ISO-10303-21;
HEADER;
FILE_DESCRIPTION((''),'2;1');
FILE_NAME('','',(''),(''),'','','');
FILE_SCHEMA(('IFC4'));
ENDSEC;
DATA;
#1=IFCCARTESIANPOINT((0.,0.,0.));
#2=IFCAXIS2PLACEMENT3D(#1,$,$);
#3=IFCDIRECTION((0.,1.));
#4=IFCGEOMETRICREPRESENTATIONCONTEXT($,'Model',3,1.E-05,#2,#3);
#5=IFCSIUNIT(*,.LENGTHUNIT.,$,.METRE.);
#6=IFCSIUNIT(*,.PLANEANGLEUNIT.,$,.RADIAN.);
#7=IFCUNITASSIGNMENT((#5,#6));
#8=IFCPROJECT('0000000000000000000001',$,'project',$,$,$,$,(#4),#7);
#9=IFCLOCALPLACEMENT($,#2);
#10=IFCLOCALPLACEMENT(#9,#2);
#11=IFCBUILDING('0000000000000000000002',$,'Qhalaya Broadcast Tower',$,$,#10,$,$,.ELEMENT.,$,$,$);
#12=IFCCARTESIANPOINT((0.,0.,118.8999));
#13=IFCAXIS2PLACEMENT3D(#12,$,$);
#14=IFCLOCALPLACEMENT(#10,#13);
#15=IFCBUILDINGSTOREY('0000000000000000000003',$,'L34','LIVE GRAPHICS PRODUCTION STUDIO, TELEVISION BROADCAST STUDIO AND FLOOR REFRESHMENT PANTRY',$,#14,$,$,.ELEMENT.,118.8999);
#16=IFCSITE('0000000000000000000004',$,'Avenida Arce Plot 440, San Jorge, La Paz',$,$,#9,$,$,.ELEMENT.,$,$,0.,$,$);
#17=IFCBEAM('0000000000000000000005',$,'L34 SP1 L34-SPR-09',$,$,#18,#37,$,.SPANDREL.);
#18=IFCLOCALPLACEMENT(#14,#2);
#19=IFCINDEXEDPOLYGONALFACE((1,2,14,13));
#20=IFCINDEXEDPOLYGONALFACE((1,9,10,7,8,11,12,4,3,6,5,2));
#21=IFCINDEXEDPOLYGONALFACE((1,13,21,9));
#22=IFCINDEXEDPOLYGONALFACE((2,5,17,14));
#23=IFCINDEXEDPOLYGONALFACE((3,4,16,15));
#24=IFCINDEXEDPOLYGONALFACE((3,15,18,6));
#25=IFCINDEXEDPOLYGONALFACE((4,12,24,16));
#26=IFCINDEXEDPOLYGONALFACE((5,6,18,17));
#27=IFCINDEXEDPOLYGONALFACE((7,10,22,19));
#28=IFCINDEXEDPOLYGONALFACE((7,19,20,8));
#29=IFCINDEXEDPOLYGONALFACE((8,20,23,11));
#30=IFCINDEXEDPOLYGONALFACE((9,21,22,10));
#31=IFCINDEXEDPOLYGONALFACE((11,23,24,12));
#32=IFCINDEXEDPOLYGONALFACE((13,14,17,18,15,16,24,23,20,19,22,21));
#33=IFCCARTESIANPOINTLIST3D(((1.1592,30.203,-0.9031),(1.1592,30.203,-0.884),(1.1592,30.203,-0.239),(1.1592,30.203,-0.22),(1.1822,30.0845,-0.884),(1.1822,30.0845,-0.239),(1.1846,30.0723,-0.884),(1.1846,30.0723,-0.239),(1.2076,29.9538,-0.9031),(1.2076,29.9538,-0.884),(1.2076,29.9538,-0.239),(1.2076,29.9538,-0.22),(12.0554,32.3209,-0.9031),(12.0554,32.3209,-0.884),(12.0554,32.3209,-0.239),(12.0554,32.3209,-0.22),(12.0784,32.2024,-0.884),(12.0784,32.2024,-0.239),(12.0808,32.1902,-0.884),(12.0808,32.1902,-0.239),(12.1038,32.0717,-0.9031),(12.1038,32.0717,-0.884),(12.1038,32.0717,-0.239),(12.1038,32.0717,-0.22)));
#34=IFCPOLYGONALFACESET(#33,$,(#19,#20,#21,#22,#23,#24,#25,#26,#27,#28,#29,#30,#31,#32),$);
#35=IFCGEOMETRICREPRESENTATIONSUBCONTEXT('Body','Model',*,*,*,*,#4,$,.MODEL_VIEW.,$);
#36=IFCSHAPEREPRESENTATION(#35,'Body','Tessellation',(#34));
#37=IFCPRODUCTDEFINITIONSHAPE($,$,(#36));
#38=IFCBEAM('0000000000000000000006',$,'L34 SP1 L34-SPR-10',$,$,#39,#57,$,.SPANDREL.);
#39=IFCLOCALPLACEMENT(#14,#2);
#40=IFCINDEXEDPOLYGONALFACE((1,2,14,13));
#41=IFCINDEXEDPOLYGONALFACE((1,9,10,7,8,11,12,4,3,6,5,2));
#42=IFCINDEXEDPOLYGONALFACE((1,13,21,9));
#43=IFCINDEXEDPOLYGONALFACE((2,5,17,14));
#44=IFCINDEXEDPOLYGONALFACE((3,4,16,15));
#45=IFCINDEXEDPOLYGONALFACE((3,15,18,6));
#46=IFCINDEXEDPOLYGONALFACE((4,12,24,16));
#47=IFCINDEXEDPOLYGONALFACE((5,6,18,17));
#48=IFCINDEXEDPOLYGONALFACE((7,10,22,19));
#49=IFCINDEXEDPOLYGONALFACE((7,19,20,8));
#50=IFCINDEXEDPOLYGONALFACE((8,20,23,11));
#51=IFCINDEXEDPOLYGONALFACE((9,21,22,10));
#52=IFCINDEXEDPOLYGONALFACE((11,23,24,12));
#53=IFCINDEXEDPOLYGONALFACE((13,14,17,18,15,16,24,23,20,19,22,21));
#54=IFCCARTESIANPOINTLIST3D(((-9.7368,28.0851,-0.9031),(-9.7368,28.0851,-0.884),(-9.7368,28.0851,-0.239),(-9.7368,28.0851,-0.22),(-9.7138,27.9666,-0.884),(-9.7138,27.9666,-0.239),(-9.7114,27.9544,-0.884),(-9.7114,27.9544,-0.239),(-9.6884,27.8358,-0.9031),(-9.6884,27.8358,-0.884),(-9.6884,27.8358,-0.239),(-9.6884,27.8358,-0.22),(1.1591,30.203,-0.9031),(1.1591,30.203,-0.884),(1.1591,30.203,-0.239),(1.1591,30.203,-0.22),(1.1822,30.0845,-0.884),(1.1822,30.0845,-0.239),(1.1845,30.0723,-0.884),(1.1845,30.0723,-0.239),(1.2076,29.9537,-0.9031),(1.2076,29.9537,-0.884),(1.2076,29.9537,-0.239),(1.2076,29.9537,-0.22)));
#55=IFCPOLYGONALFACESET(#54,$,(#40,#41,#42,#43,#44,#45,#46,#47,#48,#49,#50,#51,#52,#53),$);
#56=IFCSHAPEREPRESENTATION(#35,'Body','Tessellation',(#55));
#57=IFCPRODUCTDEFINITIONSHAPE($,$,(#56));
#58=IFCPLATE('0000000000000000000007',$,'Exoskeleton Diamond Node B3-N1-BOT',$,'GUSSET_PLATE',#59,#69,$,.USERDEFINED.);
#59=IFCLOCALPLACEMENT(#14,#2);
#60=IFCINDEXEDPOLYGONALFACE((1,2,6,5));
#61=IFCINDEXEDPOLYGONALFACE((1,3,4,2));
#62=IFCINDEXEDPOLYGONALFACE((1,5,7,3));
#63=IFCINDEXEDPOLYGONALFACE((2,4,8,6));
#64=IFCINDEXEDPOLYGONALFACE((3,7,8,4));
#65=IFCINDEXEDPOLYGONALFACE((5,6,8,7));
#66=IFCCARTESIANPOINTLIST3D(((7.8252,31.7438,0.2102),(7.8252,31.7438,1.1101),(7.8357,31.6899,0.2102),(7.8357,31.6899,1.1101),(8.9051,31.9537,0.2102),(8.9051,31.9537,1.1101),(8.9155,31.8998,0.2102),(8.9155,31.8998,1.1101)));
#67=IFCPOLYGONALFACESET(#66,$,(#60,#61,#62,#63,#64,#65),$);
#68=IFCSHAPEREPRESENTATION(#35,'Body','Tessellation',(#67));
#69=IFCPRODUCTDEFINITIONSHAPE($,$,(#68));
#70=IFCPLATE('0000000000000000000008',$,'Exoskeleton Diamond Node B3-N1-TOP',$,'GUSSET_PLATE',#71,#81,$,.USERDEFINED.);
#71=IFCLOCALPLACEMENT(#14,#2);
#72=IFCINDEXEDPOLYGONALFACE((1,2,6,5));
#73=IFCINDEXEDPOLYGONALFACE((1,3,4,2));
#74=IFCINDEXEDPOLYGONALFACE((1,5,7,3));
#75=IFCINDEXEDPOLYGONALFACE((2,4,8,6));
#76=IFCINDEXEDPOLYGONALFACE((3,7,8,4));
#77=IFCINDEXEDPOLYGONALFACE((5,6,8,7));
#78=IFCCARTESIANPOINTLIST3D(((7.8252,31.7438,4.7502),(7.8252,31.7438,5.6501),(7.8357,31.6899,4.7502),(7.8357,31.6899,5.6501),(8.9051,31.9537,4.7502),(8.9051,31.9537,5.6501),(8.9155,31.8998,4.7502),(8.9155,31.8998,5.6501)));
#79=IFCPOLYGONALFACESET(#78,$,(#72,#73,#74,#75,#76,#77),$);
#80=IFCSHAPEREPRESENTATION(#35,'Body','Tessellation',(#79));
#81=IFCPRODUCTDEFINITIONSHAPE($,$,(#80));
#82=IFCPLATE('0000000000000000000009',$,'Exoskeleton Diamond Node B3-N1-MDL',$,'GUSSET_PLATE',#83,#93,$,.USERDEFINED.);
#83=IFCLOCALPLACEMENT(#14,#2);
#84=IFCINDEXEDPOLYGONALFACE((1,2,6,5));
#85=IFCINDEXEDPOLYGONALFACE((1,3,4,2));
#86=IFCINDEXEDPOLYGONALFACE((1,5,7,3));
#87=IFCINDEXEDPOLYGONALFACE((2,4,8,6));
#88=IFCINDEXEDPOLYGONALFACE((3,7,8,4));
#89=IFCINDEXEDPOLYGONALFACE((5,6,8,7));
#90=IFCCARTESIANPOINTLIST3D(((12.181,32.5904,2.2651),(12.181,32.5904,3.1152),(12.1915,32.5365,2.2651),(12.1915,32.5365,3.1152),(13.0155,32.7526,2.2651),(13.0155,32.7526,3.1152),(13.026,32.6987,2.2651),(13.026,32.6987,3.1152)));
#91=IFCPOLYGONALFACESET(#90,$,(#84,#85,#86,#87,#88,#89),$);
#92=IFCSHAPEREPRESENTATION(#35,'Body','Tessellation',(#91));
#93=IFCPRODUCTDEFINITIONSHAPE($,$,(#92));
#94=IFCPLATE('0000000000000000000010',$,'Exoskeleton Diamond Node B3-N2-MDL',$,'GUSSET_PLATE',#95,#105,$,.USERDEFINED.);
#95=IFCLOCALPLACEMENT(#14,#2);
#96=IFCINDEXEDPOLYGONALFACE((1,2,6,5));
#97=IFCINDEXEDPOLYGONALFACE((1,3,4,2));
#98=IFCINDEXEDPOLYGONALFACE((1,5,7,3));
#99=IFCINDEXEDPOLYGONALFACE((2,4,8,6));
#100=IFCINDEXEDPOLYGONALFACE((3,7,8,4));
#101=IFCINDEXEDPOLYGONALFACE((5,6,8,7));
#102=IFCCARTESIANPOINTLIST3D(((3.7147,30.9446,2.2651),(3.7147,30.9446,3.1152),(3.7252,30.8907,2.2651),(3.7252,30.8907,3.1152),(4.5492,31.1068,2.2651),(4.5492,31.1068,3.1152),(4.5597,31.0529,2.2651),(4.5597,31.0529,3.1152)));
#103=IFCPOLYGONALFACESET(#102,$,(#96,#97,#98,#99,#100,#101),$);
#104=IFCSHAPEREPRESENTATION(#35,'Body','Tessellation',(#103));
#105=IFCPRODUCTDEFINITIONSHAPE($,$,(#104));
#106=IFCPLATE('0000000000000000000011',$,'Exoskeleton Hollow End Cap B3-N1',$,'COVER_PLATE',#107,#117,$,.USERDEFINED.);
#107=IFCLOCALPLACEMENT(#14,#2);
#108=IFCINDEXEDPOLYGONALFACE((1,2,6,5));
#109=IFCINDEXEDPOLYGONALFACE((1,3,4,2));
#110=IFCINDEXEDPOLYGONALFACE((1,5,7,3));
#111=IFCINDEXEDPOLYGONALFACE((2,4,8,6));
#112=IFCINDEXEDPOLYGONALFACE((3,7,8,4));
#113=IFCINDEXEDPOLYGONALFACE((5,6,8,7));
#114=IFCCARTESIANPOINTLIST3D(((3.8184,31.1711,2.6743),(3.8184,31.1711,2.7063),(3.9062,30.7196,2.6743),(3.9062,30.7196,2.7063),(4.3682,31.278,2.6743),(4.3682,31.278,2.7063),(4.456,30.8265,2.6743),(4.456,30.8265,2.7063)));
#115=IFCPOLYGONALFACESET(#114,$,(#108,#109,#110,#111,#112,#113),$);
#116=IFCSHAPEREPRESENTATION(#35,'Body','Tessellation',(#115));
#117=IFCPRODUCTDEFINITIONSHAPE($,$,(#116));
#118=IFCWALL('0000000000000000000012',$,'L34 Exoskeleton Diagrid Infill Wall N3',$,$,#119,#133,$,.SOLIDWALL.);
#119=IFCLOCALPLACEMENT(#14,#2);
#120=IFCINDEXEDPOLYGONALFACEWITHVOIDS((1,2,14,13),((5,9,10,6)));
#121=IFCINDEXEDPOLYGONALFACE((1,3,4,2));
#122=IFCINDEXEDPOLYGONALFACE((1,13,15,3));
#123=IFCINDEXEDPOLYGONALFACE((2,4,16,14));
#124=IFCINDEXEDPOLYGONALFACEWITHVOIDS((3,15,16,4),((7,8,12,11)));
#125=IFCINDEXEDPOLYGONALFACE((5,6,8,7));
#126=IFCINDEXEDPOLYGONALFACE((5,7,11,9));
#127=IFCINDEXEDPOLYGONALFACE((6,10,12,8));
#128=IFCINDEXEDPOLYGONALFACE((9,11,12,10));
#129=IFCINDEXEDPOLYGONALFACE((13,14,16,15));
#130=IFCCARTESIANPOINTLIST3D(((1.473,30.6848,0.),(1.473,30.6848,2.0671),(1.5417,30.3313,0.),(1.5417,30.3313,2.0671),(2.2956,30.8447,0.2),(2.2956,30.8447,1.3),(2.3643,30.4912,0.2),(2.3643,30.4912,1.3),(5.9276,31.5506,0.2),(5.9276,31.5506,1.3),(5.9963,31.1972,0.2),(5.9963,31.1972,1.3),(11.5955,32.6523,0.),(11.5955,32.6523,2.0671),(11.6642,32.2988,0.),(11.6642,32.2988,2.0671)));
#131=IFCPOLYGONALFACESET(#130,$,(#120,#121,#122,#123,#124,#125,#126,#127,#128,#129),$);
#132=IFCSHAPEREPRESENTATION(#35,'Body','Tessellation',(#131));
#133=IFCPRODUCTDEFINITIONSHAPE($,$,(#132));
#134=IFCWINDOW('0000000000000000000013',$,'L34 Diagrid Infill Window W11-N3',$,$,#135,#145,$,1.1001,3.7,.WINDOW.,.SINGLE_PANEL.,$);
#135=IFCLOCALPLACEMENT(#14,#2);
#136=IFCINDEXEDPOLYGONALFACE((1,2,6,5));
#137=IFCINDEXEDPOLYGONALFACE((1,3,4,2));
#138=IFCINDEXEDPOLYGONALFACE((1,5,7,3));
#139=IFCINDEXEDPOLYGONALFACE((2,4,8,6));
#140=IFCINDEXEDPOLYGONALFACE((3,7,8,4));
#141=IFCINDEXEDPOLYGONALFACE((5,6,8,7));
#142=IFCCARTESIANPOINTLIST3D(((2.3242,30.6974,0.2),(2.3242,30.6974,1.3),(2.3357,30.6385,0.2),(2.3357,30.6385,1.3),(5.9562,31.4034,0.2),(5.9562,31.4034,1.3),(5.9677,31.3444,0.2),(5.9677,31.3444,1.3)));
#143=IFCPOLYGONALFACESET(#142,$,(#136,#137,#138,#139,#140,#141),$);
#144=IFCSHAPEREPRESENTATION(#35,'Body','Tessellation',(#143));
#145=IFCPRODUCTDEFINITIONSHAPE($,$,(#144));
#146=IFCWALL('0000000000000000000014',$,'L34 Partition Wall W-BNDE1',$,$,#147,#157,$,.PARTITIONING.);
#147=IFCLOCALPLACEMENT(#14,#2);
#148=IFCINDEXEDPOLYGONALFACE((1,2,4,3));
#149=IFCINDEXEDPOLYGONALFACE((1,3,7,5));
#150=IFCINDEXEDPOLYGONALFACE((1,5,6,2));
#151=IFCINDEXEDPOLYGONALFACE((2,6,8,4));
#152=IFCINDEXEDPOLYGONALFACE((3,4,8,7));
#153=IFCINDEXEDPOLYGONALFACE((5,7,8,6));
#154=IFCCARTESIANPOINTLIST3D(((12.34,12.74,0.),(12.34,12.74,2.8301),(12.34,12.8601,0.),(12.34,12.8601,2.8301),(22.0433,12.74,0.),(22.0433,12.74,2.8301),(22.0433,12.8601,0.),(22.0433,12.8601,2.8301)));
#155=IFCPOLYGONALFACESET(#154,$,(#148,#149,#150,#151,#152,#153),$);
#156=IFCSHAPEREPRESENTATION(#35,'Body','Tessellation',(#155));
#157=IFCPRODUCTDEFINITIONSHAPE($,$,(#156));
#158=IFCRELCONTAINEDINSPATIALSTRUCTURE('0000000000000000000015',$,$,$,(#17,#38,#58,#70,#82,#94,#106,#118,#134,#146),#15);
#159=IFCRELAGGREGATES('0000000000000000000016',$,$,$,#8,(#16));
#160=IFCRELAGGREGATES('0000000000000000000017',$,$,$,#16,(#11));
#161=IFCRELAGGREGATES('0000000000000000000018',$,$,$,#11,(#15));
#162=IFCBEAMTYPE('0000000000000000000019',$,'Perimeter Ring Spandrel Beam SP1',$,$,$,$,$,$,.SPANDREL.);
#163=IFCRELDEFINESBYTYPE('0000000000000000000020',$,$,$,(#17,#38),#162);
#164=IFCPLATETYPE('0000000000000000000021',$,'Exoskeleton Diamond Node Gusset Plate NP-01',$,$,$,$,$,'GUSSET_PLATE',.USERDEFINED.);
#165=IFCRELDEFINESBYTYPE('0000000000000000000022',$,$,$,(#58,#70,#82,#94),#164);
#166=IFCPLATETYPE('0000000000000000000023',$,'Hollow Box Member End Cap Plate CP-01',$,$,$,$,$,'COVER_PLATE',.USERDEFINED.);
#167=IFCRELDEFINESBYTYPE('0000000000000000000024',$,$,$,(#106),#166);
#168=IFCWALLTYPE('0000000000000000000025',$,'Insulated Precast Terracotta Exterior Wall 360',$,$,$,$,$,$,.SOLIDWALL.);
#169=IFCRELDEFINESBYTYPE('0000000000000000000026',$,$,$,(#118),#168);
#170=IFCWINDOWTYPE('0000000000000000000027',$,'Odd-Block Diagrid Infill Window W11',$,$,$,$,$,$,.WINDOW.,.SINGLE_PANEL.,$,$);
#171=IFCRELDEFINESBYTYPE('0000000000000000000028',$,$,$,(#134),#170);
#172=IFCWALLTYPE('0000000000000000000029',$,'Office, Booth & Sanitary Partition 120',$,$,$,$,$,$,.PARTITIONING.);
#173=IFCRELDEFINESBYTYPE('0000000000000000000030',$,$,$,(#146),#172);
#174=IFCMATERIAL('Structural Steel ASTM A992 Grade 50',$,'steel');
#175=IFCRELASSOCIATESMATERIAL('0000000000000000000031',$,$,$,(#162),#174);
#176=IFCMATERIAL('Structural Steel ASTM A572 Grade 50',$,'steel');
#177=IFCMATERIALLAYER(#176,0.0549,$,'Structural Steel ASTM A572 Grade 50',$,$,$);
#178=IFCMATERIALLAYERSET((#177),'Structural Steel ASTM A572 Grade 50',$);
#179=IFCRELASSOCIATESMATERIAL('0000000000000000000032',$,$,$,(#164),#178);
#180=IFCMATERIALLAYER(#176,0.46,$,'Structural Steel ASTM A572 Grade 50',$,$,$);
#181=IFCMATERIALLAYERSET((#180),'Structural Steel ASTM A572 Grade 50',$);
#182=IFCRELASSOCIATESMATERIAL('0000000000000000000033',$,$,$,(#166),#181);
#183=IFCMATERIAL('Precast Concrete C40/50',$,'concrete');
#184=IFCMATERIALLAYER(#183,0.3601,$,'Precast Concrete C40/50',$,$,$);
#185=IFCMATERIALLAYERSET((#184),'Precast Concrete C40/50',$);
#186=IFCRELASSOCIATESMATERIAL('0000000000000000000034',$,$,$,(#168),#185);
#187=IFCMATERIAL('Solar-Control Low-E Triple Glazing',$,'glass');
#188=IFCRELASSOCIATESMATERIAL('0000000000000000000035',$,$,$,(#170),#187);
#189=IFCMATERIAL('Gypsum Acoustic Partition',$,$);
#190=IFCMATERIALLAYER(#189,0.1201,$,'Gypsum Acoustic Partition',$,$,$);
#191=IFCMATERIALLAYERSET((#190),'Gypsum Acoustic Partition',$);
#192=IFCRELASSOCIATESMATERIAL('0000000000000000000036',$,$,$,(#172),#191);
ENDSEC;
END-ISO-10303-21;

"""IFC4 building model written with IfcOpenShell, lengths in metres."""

from ifc_helpers import new_model, si_unit, direction, frame, frame_2d, origin, origin_2d, place, context, subcontext, project, spatial, rectangle, i_section, extrude, material, layer, layer_set, material_profile, profile_set, type_object, element, fill, save


model = new_model("IFC4")

# Units and contexts
model_context = context("Model", 3, precision=1e-05, world=origin(), true_north=direction((0.0, 1.0)))
body_context = subcontext(model_context, "Body", "Model", "MODEL_VIEW")
ifc_project = project(units=[si_unit("LENGTHUNIT", "METRE"), si_unit("PLANEANGLEUNIT", "RADIAN")], contexts=[model_context])

# Site, building, storey
site_placement = place(None, origin())
site = spatial("IfcSite", under=ifc_project, at=site_placement, Name="Avenida Arce Plot 440, San Jorge, La Paz", CompositionType="ELEMENT", RefElevation=0.0)
building_placement = place(site_placement, origin())
building = spatial("IfcBuilding", under=site, at=building_placement, Name="Qhalaya Broadcast Tower", CompositionType="ELEMENT")
storey_placement = place(building_placement, frame((0.0, 0.0, 118.8999)))
storey = spatial("IfcBuildingStorey", under=building, at=storey_placement, Name="L34", Description="LIVE GRAPHICS PRODUCTION STUDIO, TELEVISION BROADCAST STUDIO AND FLOOR REFRESHMENT PANTRY", CompositionType="ELEMENT", Elevation=118.8999)

# Shared definitions
ifc_material_1 = material(Name="Structural Steel ASTM A572 Grade 50", Category="steel")

# Shared definitions
ifc_material_2 = material(Name="Structural Steel ASTM A992 Grade 50", Category="steel")

# Beams
ifc_material_profile_1 = material_profile(ifc_material_2, i_section(OverallWidth=0.2539, OverallDepth=0.6831, WebThickness=0.0125, FlangeThickness=0.019, at=origin_2d()), Name="W27X94")
ifc_profile_set_1 = profile_set([ifc_material_profile_1], Name="Structural Steel ASTM A992 Grade 50")
beam_type_1 = type_object("IfcBeamType", Name="Perimeter Ring Spandrel Beam SP1", PredefinedType="SPANDREL", material=ifc_profile_set_1)
beam_1_placement = place(storey_placement, frame((12.0796, 32.1963, -0.5615), z_axis=(-0.981629, -0.190801, 0.0), x_axis=(0.190801, -0.981629, 0.0)))
element("IfcBeam", 1, at=beam_1_placement, inside=storey, type_object=beam_type_1, Name="L34 SP1 L34-SPR-09", PredefinedType="SPANDREL", context=body_context, shape_type="SweptSolid", body=[
    extrude(i_section(OverallWidth=0.2539, OverallDepth=0.6831, WebThickness=0.0125, FlangeThickness=0.019, at=origin_2d()), origin(), (0.0, 0.0, 1.0), 11.1001),
])
beam_2_placement = place(storey_placement, frame((1.1833, 30.0784, -0.5615), z_axis=(-0.981628, -0.190805, 0.0), x_axis=(0.190805, -0.981628, 0.0)))
element("IfcBeam", 2, at=beam_2_placement, inside=storey, type_object=beam_type_1, Name="L34 SP1 L34-SPR-10", PredefinedType="SPANDREL", context=body_context, shape_type="SweptSolid", body=[
    extrude(i_section(OverallWidth=0.2539, OverallDepth=0.6831, WebThickness=0.0125, FlangeThickness=0.019, at=origin_2d()), origin(), (0.0, 0.0, 1.0), 11.0999),
])

# Plates
ifc_layer_1 = layer(ifc_material_1, 0.0549, Name="Structural Steel ASTM A572 Grade 50")
ifc_layer_set_1 = layer_set([ifc_layer_1], Name="Structural Steel ASTM A572 Grade 50")
plate_type_1 = type_object("IfcPlateType", Name="Exoskeleton Diamond Node Gusset Plate NP-01", ElementType="GUSSET_PLATE", PredefinedType="USERDEFINED", material=ifc_layer_set_1)
for number, where, z_axis, x_axis, name in (
    (3, (8.3704, 31.8218, 0.2102), (0.0, 0.0, 1.0), (0.981627, 0.190809, 0.0), "Exoskeleton Diamond Node B3-N1-BOT"),
    (4, (8.3704, 31.8218, 4.7502), (0.0, 0.0, 1.0), (0.981627, 0.190809, 0.0), "Exoskeleton Diamond Node B3-N1-TOP"),
):
    element("IfcPlate", number, at=place(storey_placement, frame(where, z_axis=z_axis, x_axis=x_axis)), inside=storey, type_object=plate_type_1, Name=name, ObjectType="GUSSET_PLATE", PredefinedType="USERDEFINED", context=body_context, shape_type="SweptSolid", body=[
        extrude(rectangle(XDim=1.1001, YDim=0.0549, at=origin_2d()), origin(), (0.0, 0.0, 1.0), 0.8999),
    ])
for number, where, z_axis, x_axis, name in (
    (5, (12.6035, 32.6445, 2.2651), (0.0, 0.0, 1.0), (0.981627, 0.190809, 0.0), "Exoskeleton Diamond Node B3-N1-MDL"),
    (6, (4.1372, 30.9988, 2.2651), (0.0, 0.0, 1.0), (0.981627, 0.190809, 0.0), "Exoskeleton Diamond Node B3-N2-MDL"),
):
    element("IfcPlate", number, at=place(storey_placement, frame(where, z_axis=z_axis, x_axis=x_axis)), inside=storey, type_object=plate_type_1, Name=name, ObjectType="GUSSET_PLATE", PredefinedType="USERDEFINED", context=body_context, shape_type="SweptSolid", body=[
        extrude(rectangle(XDim=0.8501, YDim=0.0549, at=origin_2d()), origin(), (0.0, 0.0, 1.0), 0.8501),
    ])
ifc_layer_2 = layer(ifc_material_1, 0.46, Name="Structural Steel ASTM A572 Grade 50")
ifc_layer_set_2 = layer_set([ifc_layer_2], Name="Structural Steel ASTM A572 Grade 50")
plate_type_2 = type_object("IfcPlateType", Name="Hollow Box Member End Cap Plate CP-01", ElementType="COVER_PLATE", PredefinedType="USERDEFINED", material=ifc_layer_set_2)
plate_placement = place(storey_placement, frame((4.1372, 30.9988, 2.6743), z_axis=(0.0, 0.0, 1.0), x_axis=(0.981627, 0.190809, 0.0)))
element("IfcPlate", 7, at=plate_placement, inside=storey, type_object=plate_type_2, Name="Exoskeleton Hollow End Cap B3-N1", ObjectType="COVER_PLATE", PredefinedType="USERDEFINED", context=body_context, shape_type="SweptSolid", body=[
    extrude(rectangle(XDim=0.5601, YDim=0.46, at=origin_2d()), origin(), (0.0, 0.0, 1.0), 0.032),
])

# Wall, opening, window
ifc_material_3 = material(Name="Precast Concrete C40/50", Category="concrete")
ifc_layer_3 = layer(ifc_material_3, 0.3601, Name="Precast Concrete C40/50")
ifc_layer_set_3 = layer_set([ifc_layer_3], Name="Precast Concrete C40/50")
wall_type_1 = type_object("IfcWallType", Name="Insulated Precast Terracotta Exterior Wall 360", PredefinedType="SOLIDWALL", material=ifc_layer_set_3)
wall_1_placement = place(storey_placement, frame((1.5073, 30.5081, 0.0), z_axis=(0.0, 0.0, 1.0), x_axis=(0.981629, 0.1908, 0.0)))
wall_1 = element("IfcWall", 8, at=wall_1_placement, inside=storey, type_object=wall_type_1, Name="L34 Exoskeleton Diagrid Infill Wall N3", PredefinedType="SOLIDWALL", context=body_context, shape_type="SweptSolid", body=[
    extrude(rectangle(XDim=10.312, YDim=0.3601, at=frame_2d((5.156, 0.0))), origin(), (0.0, 0.0, 1.0), 2.0671),
])
opening_placement = place(wall_1_placement, frame((0.8379, 0.0, 0.2)))
opening = element("IfcOpeningElement", 9, at=opening_placement, cuts=wall_1, PredefinedType="OPENING", context=body_context, shape_type="SweptSolid", body=[
    extrude(rectangle(XDim=3.7, YDim=1.1001, at=frame_2d((1.8501, 0.55))), frame((0.0, 0.1921, 0.0), z_axis=(0.0, -1.0, 0.0), x_axis=(1.0, 0.0, 0.0)), (0.0, 0.0, 1.0), 0.384),
])
ifc_material_4 = material(Name="Solar-Control Low-E Triple Glazing", Category="glass")
window_type = type_object("IfcWindowType", Name="Odd-Block Diagrid Infill Window W11", PartitioningType="SINGLE_PANEL", PredefinedType="WINDOW", material=ifc_material_4)
window_placement = place(opening_placement, origin())
window = element("IfcWindow", 10, at=window_placement, inside=storey, type_object=window_type, Name="L34 Diagrid Infill Window W11-N3", OverallHeight=1.1001, OverallWidth=3.7, PartitioningType="SINGLE_PANEL", PredefinedType="WINDOW", context=body_context, shape_type="SweptSolid", body=[
    extrude(rectangle(XDim=3.7, YDim=1.1001, at=frame_2d((1.8501, 0.55))), frame((0.0, 0.03, 0.0), z_axis=(0.0, -1.0, 0.0), x_axis=(1.0, 0.0, 0.0)), (0.0, 0.0, 1.0), 0.0601),
])
fill(opening, window)

# Wall
ifc_material_5 = material(Name="Gypsum Acoustic Partition")
ifc_layer_4 = layer(ifc_material_5, 0.1201, Name="Gypsum Acoustic Partition")
ifc_layer_set_4 = layer_set([ifc_layer_4], Name="Gypsum Acoustic Partition")
wall_type_2 = type_object("IfcWallType", Name="Office, Booth & Sanitary Partition 120", PredefinedType="PARTITIONING", material=ifc_layer_set_4)
wall_2_placement = place(storey_placement, frame((12.3401, 12.8, 0.0), z_axis=(0.0, 0.0, 1.0), x_axis=(1.0, 0.0, 0.0)))
element("IfcWall", 11, at=wall_2_placement, inside=storey, type_object=wall_type_2, Name="L34 Partition Wall W-BNDE1", PredefinedType="PARTITIONING", context=body_context, shape_type="SweptSolid", body=[
    extrude(rectangle(XDim=9.7034, YDim=0.1201, at=frame_2d((4.8516, 0.0))), origin(), (0.0, 0.0, 1.0), 2.8301),
])

save(model, "model.ifc")
